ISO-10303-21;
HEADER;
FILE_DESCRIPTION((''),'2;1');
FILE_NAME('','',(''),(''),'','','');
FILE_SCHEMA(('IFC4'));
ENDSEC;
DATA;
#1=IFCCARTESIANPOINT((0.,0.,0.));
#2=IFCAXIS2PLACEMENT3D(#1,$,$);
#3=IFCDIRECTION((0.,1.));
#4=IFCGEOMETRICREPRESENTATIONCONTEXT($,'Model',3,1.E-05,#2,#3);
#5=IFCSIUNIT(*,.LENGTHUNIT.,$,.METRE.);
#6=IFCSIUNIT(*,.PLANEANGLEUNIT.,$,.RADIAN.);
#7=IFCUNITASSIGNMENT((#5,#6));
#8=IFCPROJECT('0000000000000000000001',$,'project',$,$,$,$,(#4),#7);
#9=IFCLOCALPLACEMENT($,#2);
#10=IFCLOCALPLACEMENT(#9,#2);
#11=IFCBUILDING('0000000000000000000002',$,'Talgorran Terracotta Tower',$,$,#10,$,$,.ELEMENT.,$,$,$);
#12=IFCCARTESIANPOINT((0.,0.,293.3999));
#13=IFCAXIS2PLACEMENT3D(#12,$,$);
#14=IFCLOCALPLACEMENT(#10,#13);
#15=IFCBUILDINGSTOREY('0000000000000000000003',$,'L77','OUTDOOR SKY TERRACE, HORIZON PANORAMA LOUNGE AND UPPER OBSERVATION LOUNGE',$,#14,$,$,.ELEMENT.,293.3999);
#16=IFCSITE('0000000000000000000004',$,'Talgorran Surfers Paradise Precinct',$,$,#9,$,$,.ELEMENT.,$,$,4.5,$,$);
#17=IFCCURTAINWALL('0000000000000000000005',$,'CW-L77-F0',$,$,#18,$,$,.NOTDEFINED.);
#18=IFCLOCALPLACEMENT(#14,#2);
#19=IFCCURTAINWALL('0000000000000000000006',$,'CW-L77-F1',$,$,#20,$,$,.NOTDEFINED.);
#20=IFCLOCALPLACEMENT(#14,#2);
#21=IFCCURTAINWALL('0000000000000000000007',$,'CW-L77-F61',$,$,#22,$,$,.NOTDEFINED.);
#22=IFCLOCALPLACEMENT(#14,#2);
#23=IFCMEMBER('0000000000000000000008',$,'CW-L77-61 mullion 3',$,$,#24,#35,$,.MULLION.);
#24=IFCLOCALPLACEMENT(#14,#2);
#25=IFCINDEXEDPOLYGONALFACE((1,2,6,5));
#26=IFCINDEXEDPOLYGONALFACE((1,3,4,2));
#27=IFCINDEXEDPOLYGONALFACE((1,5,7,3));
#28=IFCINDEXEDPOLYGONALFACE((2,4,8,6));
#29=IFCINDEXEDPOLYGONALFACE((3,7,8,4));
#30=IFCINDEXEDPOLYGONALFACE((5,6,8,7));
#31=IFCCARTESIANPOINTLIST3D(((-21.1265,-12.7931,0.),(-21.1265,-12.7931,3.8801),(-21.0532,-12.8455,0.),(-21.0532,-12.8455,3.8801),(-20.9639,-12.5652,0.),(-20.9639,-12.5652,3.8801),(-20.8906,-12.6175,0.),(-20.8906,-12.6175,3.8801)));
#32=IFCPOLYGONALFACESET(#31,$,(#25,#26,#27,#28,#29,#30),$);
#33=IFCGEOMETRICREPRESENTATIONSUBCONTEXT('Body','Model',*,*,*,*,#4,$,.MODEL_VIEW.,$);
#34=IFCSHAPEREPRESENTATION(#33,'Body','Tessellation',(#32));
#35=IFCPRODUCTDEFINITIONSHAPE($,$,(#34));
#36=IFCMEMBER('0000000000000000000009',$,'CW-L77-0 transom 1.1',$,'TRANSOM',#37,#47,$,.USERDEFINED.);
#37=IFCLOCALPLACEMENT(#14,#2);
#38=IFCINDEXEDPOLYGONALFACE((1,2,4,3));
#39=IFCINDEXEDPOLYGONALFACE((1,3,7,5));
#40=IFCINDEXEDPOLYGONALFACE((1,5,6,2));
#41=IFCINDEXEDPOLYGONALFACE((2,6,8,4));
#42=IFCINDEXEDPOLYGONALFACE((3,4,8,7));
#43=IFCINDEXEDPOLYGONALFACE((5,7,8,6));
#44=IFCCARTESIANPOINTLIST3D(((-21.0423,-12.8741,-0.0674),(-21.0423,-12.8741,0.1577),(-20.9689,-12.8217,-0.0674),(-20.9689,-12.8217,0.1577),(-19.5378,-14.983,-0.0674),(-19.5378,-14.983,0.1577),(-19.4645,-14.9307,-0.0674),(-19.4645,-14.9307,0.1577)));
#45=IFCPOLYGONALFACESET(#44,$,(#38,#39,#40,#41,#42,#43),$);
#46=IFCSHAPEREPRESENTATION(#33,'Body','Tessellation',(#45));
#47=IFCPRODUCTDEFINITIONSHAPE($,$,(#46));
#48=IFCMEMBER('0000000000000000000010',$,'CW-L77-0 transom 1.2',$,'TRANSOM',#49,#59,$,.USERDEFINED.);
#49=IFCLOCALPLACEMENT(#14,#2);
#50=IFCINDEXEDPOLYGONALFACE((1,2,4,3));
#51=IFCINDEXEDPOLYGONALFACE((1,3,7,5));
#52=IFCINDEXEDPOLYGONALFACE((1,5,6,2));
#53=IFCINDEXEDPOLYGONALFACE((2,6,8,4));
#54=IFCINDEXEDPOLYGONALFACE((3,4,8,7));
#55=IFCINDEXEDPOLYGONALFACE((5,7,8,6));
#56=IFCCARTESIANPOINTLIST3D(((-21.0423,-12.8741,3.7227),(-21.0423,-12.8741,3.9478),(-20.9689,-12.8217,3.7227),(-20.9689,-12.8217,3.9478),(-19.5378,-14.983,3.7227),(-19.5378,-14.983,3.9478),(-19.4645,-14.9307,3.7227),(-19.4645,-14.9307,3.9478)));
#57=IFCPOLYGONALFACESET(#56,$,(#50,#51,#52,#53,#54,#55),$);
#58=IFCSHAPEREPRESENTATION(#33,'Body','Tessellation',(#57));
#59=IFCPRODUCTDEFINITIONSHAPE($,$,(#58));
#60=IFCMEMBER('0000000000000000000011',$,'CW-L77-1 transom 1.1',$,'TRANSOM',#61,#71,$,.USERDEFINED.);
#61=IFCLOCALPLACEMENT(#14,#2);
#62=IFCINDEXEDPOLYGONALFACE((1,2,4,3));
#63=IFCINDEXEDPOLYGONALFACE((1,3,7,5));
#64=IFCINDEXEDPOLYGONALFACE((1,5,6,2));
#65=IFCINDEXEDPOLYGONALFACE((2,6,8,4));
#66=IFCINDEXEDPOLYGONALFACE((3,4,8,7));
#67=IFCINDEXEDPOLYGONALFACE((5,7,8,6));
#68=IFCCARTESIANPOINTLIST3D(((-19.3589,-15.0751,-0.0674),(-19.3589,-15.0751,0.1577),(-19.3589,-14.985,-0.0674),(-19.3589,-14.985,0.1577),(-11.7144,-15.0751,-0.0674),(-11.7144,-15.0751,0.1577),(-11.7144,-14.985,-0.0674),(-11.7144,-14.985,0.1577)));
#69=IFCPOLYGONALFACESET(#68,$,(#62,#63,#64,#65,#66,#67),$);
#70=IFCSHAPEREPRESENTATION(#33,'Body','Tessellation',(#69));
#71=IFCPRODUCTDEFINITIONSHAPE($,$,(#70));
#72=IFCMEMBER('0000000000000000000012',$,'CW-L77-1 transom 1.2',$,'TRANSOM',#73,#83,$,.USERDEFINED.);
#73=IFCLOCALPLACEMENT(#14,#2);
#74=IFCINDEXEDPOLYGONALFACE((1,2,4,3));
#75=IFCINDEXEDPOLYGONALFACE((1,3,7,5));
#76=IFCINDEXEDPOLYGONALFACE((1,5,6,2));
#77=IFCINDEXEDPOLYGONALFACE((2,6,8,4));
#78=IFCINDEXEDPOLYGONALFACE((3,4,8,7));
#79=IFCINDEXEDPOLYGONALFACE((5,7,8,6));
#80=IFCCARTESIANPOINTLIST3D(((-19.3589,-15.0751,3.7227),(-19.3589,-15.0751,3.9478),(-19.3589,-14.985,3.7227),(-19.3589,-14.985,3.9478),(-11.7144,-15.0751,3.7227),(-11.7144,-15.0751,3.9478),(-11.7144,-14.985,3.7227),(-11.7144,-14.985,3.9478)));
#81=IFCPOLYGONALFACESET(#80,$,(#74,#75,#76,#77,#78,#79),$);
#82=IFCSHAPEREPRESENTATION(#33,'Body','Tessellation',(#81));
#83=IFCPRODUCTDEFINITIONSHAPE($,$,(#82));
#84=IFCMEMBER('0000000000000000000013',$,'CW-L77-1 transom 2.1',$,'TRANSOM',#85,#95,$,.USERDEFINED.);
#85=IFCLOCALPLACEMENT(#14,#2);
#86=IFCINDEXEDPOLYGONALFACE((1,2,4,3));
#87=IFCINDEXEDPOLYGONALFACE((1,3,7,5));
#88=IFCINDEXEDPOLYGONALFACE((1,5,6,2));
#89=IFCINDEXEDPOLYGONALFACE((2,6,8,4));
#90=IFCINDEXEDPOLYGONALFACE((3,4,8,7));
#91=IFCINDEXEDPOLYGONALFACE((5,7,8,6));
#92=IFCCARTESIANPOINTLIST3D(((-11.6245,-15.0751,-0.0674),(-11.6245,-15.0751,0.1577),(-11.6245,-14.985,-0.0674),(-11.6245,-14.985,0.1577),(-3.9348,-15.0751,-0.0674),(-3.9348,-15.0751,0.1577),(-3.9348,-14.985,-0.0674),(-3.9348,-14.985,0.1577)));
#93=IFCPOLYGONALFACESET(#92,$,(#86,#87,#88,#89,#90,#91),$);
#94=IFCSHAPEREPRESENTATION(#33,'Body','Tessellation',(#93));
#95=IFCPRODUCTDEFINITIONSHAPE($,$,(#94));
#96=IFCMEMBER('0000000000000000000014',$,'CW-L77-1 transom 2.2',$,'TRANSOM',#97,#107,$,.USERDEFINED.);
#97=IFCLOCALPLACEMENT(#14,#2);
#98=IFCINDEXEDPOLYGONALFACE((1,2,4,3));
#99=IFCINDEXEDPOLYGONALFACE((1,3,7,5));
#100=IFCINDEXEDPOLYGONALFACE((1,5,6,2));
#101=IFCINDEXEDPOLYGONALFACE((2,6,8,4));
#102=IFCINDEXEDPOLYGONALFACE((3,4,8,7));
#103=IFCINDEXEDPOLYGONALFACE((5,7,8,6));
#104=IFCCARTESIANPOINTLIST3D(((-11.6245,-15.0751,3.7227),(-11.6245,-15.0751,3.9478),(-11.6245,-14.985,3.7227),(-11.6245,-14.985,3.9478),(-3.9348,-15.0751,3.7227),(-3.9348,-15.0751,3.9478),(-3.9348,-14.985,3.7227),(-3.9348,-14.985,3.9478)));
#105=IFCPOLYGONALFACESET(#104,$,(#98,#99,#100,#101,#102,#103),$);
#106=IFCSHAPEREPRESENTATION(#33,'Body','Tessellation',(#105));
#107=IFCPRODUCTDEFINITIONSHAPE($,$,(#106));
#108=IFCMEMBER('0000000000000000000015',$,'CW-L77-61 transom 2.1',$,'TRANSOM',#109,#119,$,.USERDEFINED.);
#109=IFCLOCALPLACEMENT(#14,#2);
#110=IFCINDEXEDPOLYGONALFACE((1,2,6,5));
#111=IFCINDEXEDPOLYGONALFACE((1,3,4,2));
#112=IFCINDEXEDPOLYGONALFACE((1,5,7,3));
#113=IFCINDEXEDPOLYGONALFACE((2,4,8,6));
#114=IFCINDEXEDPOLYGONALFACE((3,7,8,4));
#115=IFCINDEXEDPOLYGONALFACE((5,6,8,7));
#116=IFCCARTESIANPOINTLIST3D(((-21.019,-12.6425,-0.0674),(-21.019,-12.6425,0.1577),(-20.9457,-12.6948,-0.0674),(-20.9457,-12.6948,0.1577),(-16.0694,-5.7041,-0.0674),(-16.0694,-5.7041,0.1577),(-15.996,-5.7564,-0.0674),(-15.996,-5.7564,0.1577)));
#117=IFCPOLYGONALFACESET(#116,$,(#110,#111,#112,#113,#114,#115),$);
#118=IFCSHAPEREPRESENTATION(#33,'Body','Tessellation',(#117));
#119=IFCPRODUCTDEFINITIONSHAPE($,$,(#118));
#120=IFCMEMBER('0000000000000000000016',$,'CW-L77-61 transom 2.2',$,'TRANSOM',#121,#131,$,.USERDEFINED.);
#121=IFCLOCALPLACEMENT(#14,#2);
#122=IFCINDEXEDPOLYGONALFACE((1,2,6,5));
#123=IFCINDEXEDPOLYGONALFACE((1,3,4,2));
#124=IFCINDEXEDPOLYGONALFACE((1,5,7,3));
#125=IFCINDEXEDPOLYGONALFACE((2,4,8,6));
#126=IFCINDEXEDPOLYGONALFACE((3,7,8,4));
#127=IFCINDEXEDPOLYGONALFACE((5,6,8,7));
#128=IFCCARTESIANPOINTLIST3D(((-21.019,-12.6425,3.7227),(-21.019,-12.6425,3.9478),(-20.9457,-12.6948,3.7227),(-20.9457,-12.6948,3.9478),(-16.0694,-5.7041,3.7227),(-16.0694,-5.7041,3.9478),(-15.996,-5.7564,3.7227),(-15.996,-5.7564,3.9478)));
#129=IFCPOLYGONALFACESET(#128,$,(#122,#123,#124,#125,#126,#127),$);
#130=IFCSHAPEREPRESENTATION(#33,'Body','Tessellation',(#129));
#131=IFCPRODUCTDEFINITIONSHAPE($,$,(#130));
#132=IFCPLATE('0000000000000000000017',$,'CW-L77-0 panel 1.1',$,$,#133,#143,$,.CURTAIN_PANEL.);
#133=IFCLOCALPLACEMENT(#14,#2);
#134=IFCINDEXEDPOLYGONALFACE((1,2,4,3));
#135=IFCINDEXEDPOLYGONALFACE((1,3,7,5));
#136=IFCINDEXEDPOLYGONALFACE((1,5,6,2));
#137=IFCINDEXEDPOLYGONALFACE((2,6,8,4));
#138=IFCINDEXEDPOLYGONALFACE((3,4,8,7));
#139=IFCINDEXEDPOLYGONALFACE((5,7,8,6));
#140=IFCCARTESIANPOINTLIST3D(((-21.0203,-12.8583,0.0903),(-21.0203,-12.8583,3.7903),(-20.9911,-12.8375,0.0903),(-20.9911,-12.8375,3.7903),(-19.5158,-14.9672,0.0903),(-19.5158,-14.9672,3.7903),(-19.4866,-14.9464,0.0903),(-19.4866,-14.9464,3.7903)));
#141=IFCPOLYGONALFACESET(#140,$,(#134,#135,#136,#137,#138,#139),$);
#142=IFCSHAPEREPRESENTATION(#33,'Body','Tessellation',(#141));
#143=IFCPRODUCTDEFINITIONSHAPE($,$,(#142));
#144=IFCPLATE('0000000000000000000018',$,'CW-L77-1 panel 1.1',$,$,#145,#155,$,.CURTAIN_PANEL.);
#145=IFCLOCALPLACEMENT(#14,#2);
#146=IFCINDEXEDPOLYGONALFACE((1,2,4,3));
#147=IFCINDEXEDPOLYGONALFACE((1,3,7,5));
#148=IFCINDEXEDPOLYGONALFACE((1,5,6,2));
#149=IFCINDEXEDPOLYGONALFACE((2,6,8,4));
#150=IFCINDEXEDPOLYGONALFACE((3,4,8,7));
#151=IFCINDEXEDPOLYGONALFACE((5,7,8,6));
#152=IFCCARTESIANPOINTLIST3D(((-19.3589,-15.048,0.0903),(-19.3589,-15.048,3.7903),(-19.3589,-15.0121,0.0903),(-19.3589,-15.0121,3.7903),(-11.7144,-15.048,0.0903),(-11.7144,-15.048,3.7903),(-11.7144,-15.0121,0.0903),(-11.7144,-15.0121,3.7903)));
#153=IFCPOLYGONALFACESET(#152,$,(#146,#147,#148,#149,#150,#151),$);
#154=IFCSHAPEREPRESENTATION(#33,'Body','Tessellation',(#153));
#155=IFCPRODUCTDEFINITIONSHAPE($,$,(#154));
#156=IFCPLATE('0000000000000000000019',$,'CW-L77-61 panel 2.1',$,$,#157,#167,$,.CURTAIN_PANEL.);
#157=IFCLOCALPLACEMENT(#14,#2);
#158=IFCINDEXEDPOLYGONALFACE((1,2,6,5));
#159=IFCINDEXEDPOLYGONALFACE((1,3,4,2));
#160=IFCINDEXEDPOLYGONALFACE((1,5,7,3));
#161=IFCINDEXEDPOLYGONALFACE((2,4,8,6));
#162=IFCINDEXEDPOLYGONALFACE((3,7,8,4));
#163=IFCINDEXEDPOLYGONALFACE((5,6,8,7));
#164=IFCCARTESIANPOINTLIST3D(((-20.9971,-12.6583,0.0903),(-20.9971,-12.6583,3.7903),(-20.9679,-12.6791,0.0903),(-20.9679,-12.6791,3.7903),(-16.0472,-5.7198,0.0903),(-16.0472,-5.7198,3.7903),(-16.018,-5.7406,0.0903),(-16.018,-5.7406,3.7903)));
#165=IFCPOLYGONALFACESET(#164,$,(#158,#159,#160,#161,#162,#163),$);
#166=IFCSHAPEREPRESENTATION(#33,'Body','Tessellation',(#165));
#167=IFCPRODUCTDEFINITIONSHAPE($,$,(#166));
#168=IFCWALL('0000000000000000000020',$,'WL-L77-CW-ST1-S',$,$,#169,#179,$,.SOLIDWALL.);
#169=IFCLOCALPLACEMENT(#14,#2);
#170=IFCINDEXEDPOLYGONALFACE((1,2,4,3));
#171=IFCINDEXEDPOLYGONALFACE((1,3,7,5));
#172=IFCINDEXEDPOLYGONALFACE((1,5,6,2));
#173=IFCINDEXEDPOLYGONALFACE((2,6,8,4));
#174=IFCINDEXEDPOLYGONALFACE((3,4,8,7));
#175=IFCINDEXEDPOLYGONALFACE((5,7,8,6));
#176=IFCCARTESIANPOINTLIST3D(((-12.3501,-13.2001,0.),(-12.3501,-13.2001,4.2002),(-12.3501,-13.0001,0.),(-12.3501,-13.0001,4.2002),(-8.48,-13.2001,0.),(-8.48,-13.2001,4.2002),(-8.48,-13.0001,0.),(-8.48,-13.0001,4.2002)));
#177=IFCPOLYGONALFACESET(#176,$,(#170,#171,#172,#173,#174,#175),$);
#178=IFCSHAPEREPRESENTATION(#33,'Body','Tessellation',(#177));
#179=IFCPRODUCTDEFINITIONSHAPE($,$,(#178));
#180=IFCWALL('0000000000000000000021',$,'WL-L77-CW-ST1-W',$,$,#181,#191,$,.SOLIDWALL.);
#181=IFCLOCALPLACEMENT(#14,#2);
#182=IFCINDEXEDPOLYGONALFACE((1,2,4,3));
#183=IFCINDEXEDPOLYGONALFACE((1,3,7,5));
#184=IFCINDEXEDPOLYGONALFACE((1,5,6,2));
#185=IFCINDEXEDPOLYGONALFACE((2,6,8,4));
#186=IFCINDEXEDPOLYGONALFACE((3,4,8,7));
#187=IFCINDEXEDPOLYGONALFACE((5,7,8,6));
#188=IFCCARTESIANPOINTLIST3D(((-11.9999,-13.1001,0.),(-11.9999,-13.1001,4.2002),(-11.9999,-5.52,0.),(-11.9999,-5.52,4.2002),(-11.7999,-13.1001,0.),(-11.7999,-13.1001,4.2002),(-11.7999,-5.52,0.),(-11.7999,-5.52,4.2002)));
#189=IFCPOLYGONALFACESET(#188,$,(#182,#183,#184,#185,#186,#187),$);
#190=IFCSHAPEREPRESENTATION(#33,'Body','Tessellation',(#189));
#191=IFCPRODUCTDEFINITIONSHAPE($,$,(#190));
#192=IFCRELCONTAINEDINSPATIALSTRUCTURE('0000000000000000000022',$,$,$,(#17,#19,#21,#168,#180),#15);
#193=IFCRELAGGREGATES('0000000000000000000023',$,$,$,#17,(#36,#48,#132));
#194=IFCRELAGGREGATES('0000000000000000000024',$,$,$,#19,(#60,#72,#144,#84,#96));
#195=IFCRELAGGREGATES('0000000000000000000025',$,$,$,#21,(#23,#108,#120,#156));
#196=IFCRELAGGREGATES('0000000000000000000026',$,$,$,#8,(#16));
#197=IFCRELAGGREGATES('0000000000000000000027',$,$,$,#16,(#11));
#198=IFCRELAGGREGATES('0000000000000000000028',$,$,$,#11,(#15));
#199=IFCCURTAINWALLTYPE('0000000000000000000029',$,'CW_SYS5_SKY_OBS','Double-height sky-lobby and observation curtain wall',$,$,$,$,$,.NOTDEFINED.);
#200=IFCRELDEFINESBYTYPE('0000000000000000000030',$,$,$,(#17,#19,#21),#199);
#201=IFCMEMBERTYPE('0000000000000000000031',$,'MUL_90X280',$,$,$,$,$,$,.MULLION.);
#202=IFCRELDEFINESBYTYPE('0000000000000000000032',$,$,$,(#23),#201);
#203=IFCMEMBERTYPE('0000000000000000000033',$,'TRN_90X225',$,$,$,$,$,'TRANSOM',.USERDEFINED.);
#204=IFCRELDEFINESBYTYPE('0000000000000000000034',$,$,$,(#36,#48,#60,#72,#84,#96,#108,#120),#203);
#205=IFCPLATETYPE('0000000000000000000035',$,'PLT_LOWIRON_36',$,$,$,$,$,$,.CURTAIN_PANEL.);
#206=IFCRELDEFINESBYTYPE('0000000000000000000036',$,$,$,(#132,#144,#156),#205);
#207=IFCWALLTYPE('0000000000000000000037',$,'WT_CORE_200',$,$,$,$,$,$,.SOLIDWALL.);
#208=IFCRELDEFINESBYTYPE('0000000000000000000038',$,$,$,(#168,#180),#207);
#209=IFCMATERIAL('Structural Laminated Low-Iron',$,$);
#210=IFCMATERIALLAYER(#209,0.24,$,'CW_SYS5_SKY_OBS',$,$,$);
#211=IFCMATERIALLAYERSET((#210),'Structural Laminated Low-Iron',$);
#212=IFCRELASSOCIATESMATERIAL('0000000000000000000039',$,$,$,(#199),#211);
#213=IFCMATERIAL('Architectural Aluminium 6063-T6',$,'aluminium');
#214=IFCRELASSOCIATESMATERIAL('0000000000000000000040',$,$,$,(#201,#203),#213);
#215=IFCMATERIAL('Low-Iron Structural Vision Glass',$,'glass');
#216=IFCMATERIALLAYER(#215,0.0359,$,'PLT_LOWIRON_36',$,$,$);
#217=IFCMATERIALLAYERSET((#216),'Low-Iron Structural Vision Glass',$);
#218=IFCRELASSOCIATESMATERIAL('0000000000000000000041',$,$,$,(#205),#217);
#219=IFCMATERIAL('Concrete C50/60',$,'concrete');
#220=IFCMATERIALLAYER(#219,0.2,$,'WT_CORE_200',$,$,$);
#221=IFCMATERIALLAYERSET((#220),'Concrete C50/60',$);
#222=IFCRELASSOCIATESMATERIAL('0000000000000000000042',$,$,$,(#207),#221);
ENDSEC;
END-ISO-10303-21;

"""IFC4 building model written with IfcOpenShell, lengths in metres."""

from ifc_helpers import new_model, si_unit, direction, frame, frame_2d, origin, origin_2d, place, context, subcontext, project, spatial, rectangle, extrude, source, transform, mapped, material, layer, layer_set, material_profile, profile_set, type_object, type_shapes, element, aggregate, save


model = new_model("IFC4")

# Units and contexts
model_context = context("Model", 3, precision=1e-05, world=origin(), true_north=direction((0.0, 1.0)))
body_context = subcontext(model_context, "Body", "Model", "MODEL_VIEW")
ifc_project = project(units=[si_unit("LENGTHUNIT", "METRE"), si_unit("PLANEANGLEUNIT", "RADIAN")], contexts=[model_context])

# Site, building, storey
site_placement = place(None, origin())
site = spatial("IfcSite", under=ifc_project, at=site_placement, Name="Talgorran Surfers Paradise Precinct", CompositionType="ELEMENT", RefElevation=4.5)
building_placement = place(site_placement, origin())
building = spatial("IfcBuilding", under=site, at=building_placement, Name="Talgorran Terracotta Tower", CompositionType="ELEMENT")
storey_placement = place(building_placement, frame((0.0, 0.0, 293.3999)))
storey = spatial("IfcBuildingStorey", under=building, at=storey_placement, Name="L77", Description="OUTDOOR SKY TERRACE, HORIZON PANORAMA LOUNGE AND UPPER OBSERVATION LOUNGE", CompositionType="ELEMENT", Elevation=293.3999)

# Curtain walls, member
ifc_material_1 = material(Name="Structural Laminated Low-Iron")
ifc_layer_1 = layer(ifc_material_1, 0.24, Name="CW_SYS5_SKY_OBS")
ifc_layer_set_1 = layer_set([ifc_layer_1], Name="Structural Laminated Low-Iron")
curtain_wall_type = type_object("IfcCurtainWallType", Name="CW_SYS5_SKY_OBS", Description="Double-height sky-lobby and observation curtain wall", PredefinedType="NOTDEFINED", material=ifc_layer_set_1)
curtain_wall_1_placement = place(storey_placement, origin())
curtain_wall_1 = element("IfcCurtainWall", 1, at=curtain_wall_1_placement, inside=storey, type_object=curtain_wall_type, Name="CW-L77-F0", PredefinedType="NOTDEFINED")
ifc_material_2 = material(Name="Architectural Aluminium 6063-T6", Category="aluminium")
ifc_material_profile_1 = material_profile(ifc_material_2, rectangle(XDim=0.0901, YDim=0.28, at=origin_2d()), Name="CWM90X280")
ifc_profile_set_1 = profile_set([ifc_material_profile_1], Name="Architectural Aluminium 6063-T6")
member_type_1 = type_object("IfcMemberType", Name="MUL_90X280", PredefinedType="MULLION", material=ifc_profile_set_1)
curtain_wall_2_placement = place(storey_placement, origin())
curtain_wall_2 = element("IfcCurtainWall", 2, at=curtain_wall_2_placement, inside=storey, type_object=curtain_wall_type, Name="CW-L77-F1", PredefinedType="NOTDEFINED")
curtain_wall_3_placement = place(storey_placement, origin())
curtain_wall_3 = element("IfcCurtainWall", 3, at=curtain_wall_3_placement, inside=storey, type_object=curtain_wall_type, Name="CW-L77-F61", PredefinedType="NOTDEFINED")
member_1_placement = place(storey_placement, frame((-21.0085, -12.7053, 0.0), z_axis=(0.0, 0.0, 1.0), x_axis=(0.814074, -0.580761, 0.0)))
member_1 = element("IfcMember", 4, at=member_1_placement, type_object=member_type_1, Name="CW-L77-61 mullion 3", PredefinedType="MULLION", context=body_context, shape_type="SweptSolid", body=[
    extrude(rectangle(XDim=0.0901, YDim=0.28, at=origin_2d()), origin(), (0.0, 0.0, 1.0), 3.8801),
])

# Members
ifc_material_profile_2 = material_profile(ifc_material_2, rectangle(XDim=0.0901, YDim=0.2251, at=origin_2d()), Name="CWT90X225")
ifc_profile_set_2 = profile_set([ifc_material_profile_2], Name="Architectural Aluminium 6063-T6")
member_type_2 = type_object("IfcMemberType", Name="TRN_90X225", ElementType="TRANSOM", PredefinedType="USERDEFINED", material=ifc_profile_set_2)
member_2_placement = place(storey_placement, frame((-21.0056, -12.8479, 0.0452), z_axis=(0.580739, -0.81409, 0.0), x_axis=(0.81409, 0.580739, 0.0)))
member_2 = element("IfcMember", 5, at=member_2_placement, type_object=member_type_2, Name="CW-L77-0 transom 1.1", ObjectType="TRANSOM", PredefinedType="USERDEFINED", context=body_context, shape_type="SweptSolid", body=[
    extrude(rectangle(XDim=0.0901, YDim=0.2251, at=origin_2d()), origin(), (0.0, 0.0, 1.0), 2.5906),
])
member_3_placement = place(storey_placement, frame((-21.0056, -12.8479, 3.8352), z_axis=(0.580739, -0.81409, 0.0), x_axis=(0.81409, 0.580739, 0.0)))
member_3 = element("IfcMember", 6, at=member_3_placement, type_object=member_type_2, Name="CW-L77-0 transom 1.2", ObjectType="TRANSOM", PredefinedType="USERDEFINED", context=body_context, shape_type="SweptSolid", body=[
    extrude(rectangle(XDim=0.0901, YDim=0.2251, at=origin_2d()), origin(), (0.0, 0.0, 1.0), 2.5906),
])
member_4_placement = place(storey_placement, frame((-19.3589, -15.03, 0.0452), z_axis=(1.0, 0.0, 0.0), x_axis=(0.0, 1.0, 0.0)))
member_4 = element("IfcMember", 7, at=member_4_placement, type_object=member_type_2, Name="CW-L77-1 transom 1.1", ObjectType="TRANSOM", PredefinedType="USERDEFINED", context=body_context, shape_type="SweptSolid", body=[
    extrude(rectangle(XDim=0.0901, YDim=0.2251, at=origin_2d()), origin(), (0.0, 0.0, 1.0), 7.6445),
])
member_5_placement = place(storey_placement, frame((-19.3589, -15.03, 3.8352), z_axis=(1.0, 0.0, 0.0), x_axis=(0.0, 1.0, 0.0)))
member_5 = element("IfcMember", 8, at=member_5_placement, type_object=member_type_2, Name="CW-L77-1 transom 1.2", ObjectType="TRANSOM", PredefinedType="USERDEFINED", context=body_context, shape_type="SweptSolid", body=[
    extrude(rectangle(XDim=0.0901, YDim=0.2251, at=origin_2d()), origin(), (0.0, 0.0, 1.0), 7.6445),
])
member_6_placement = place(storey_placement, frame((-11.6245, -15.03, 0.0452), z_axis=(1.0, 0.0, 0.0), x_axis=(0.0, 1.0, 0.0)))
member_6 = element("IfcMember", 9, at=member_6_placement, type_object=member_type_2, Name="CW-L77-1 transom 2.1", ObjectType="TRANSOM", PredefinedType="USERDEFINED", context=body_context, shape_type="SweptSolid", body=[
    extrude(rectangle(XDim=0.0901, YDim=0.2251, at=origin_2d()), origin(), (0.0, 0.0, 1.0), 7.6897),
])
member_7_placement = place(storey_placement, frame((-11.6245, -15.03, 3.8352), z_axis=(1.0, 0.0, 0.0), x_axis=(0.0, 1.0, 0.0)))
member_7 = element("IfcMember", 10, at=member_7_placement, type_object=member_type_2, Name="CW-L77-1 transom 2.2", ObjectType="TRANSOM", PredefinedType="USERDEFINED", context=body_context, shape_type="SweptSolid", body=[
    extrude(rectangle(XDim=0.0901, YDim=0.2251, at=origin_2d()), origin(), (0.0, 0.0, 1.0), 7.6897),
])
member_8_placement = place(storey_placement, frame((-16.0327, -5.7302, 0.0452), z_axis=(-0.580745, -0.814086, 0.0), x_axis=(0.814086, -0.580745, 0.0)))
member_8 = element("IfcMember", 11, at=member_8_placement, type_object=member_type_2, Name="CW-L77-61 transom 2.1", ObjectType="TRANSOM", PredefinedType="USERDEFINED", context=body_context, shape_type="SweptSolid", body=[
    extrude(rectangle(XDim=0.0901, YDim=0.2251, at=origin_2d()), origin(), (0.0, 0.0, 1.0), 8.5229),
])
member_9_placement = place(storey_placement, frame((-16.0327, -5.7302, 3.8352), z_axis=(-0.580745, -0.814086, 0.0), x_axis=(0.814086, -0.580745, 0.0)))
member_9 = element("IfcMember", 12, at=member_9_placement, type_object=member_type_2, Name="CW-L77-61 transom 2.2", ObjectType="TRANSOM", PredefinedType="USERDEFINED", context=body_context, shape_type="SweptSolid", body=[
    extrude(rectangle(XDim=0.0901, YDim=0.2251, at=origin_2d()), origin(), (0.0, 0.0, 1.0), 8.5229),
])

# Plates
ifc_material_3 = material(Name="Low-Iron Structural Vision Glass", Category="glass")
ifc_layer_2 = layer(ifc_material_3, 0.0359, Name="PLT_LOWIRON_36")
ifc_layer_set_2 = layer_set([ifc_layer_2], Name="Low-Iron Structural Vision Glass")
plate_type = type_object("IfcPlateType", Name="PLT_LOWIRON_36", PredefinedType="CURTAIN_PANEL", material=ifc_layer_set_2)
shared_shape_1 = source(origin(), body_context, "Body", "SweptSolid", [
    extrude(rectangle(XDim=2.5906, YDim=0.0359, at=origin_2d()), origin(), (0.0, 0.0, 1.0), 3.7),
])
plate_1_placement = place(storey_placement, frame((-20.2534, -13.9023, 0.0903), z_axis=(0.0, 0.0, 1.0), x_axis=(0.58076, -0.814075, 0.0)))
plate_1 = element("IfcPlate", 13, at=plate_1_placement, type_object=plate_type, Name="CW-L77-0 panel 1.1", PredefinedType="CURTAIN_PANEL", context=body_context, shape_type="MappedRepresentation", body=[
    mapped(shared_shape_1, transform((0.0, 0.0, 0.0), scale=1.0)),
])
aggregate(curtain_wall_1, [member_2, member_3, plate_1])
shared_shape_2 = source(origin(), body_context, "Body", "SweptSolid", [
    extrude(rectangle(XDim=7.6445, YDim=0.0359, at=origin_2d()), origin(), (0.0, 0.0, 1.0), 3.7),
])
plate_2_placement = place(storey_placement, frame((-15.5366, -15.03, 0.0903), z_axis=(0.0, 0.0, 1.0), x_axis=(1.0, 0.0, 0.0)))
plate_2 = element("IfcPlate", 14, at=plate_2_placement, type_object=plate_type, Name="CW-L77-1 panel 1.1", PredefinedType="CURTAIN_PANEL", context=body_context, shape_type="MappedRepresentation", body=[
    mapped(shared_shape_2, transform((0.0, 0.0, 0.0), scale=1.0)),
])
aggregate(curtain_wall_2, [member_4, member_5, plate_2, member_6, member_7])
shared_shape_3 = source(origin(), body_context, "Body", "SweptSolid", [
    extrude(rectangle(XDim=8.5232, YDim=0.0359, at=origin_2d()), origin(), (0.0, 0.0, 1.0), 3.7),
])
type_shapes(plate_type, [shared_shape_1, shared_shape_2, shared_shape_3])
plate_3_placement = place(storey_placement, frame((-18.5076, -9.1995, 0.0903), z_axis=(0.0, 0.0, 1.0), x_axis=(-0.580761, -0.814074, 0.0)))
plate_3 = element("IfcPlate", 15, at=plate_3_placement, type_object=plate_type, Name="CW-L77-61 panel 2.1", PredefinedType="CURTAIN_PANEL", context=body_context, shape_type="MappedRepresentation", body=[
    mapped(shared_shape_3, transform((0.0, 0.0, 0.0), scale=1.0)),
])
aggregate(curtain_wall_3, [member_1, member_8, member_9, plate_3])

# Walls
ifc_material_4 = material(Name="Concrete C50/60", Category="concrete")
ifc_layer_3 = layer(ifc_material_4, 0.2, Name="WT_CORE_200")
ifc_layer_set_3 = layer_set([ifc_layer_3], Name="Concrete C50/60")
wall_type_1 = type_object("IfcWallType", Name="WT_CORE_200", PredefinedType="SOLIDWALL", material=ifc_layer_set_3)
wall_1_placement = place(storey_placement, frame((-12.3501, -13.1001, 0.0), z_axis=(0.0, 0.0, 1.0), x_axis=(1.0, 0.0, 0.0)))
element("IfcWall", 16, at=wall_1_placement, inside=storey, type_object=wall_type_1, Name="WL-L77-CW-ST1-S", PredefinedType="SOLIDWALL", context=body_context, shape_type="SweptSolid", body=[
    extrude(rectangle(XDim=3.8701, YDim=0.2, at=frame_2d((1.9351, 0.0))), origin(), (0.0, 0.0, 1.0), 4.2002),
])
wall_2_placement = place(storey_placement, frame((-11.8999, -13.1001, 0.0), z_axis=(0.0, 0.0, 1.0), x_axis=(0.0, 1.0, 0.0)))
element("IfcWall", 17, at=wall_2_placement, inside=storey, type_object=wall_type_1, Name="WL-L77-CW-ST1-W", PredefinedType="SOLIDWALL", context=body_context, shape_type="SweptSolid", body=[
    extrude(rectangle(XDim=7.5801, YDim=0.2, at=frame_2d((3.79, 0.0))), origin(), (0.0, 0.0, 1.0), 4.2002),
])

save(model, "model.ifc")
